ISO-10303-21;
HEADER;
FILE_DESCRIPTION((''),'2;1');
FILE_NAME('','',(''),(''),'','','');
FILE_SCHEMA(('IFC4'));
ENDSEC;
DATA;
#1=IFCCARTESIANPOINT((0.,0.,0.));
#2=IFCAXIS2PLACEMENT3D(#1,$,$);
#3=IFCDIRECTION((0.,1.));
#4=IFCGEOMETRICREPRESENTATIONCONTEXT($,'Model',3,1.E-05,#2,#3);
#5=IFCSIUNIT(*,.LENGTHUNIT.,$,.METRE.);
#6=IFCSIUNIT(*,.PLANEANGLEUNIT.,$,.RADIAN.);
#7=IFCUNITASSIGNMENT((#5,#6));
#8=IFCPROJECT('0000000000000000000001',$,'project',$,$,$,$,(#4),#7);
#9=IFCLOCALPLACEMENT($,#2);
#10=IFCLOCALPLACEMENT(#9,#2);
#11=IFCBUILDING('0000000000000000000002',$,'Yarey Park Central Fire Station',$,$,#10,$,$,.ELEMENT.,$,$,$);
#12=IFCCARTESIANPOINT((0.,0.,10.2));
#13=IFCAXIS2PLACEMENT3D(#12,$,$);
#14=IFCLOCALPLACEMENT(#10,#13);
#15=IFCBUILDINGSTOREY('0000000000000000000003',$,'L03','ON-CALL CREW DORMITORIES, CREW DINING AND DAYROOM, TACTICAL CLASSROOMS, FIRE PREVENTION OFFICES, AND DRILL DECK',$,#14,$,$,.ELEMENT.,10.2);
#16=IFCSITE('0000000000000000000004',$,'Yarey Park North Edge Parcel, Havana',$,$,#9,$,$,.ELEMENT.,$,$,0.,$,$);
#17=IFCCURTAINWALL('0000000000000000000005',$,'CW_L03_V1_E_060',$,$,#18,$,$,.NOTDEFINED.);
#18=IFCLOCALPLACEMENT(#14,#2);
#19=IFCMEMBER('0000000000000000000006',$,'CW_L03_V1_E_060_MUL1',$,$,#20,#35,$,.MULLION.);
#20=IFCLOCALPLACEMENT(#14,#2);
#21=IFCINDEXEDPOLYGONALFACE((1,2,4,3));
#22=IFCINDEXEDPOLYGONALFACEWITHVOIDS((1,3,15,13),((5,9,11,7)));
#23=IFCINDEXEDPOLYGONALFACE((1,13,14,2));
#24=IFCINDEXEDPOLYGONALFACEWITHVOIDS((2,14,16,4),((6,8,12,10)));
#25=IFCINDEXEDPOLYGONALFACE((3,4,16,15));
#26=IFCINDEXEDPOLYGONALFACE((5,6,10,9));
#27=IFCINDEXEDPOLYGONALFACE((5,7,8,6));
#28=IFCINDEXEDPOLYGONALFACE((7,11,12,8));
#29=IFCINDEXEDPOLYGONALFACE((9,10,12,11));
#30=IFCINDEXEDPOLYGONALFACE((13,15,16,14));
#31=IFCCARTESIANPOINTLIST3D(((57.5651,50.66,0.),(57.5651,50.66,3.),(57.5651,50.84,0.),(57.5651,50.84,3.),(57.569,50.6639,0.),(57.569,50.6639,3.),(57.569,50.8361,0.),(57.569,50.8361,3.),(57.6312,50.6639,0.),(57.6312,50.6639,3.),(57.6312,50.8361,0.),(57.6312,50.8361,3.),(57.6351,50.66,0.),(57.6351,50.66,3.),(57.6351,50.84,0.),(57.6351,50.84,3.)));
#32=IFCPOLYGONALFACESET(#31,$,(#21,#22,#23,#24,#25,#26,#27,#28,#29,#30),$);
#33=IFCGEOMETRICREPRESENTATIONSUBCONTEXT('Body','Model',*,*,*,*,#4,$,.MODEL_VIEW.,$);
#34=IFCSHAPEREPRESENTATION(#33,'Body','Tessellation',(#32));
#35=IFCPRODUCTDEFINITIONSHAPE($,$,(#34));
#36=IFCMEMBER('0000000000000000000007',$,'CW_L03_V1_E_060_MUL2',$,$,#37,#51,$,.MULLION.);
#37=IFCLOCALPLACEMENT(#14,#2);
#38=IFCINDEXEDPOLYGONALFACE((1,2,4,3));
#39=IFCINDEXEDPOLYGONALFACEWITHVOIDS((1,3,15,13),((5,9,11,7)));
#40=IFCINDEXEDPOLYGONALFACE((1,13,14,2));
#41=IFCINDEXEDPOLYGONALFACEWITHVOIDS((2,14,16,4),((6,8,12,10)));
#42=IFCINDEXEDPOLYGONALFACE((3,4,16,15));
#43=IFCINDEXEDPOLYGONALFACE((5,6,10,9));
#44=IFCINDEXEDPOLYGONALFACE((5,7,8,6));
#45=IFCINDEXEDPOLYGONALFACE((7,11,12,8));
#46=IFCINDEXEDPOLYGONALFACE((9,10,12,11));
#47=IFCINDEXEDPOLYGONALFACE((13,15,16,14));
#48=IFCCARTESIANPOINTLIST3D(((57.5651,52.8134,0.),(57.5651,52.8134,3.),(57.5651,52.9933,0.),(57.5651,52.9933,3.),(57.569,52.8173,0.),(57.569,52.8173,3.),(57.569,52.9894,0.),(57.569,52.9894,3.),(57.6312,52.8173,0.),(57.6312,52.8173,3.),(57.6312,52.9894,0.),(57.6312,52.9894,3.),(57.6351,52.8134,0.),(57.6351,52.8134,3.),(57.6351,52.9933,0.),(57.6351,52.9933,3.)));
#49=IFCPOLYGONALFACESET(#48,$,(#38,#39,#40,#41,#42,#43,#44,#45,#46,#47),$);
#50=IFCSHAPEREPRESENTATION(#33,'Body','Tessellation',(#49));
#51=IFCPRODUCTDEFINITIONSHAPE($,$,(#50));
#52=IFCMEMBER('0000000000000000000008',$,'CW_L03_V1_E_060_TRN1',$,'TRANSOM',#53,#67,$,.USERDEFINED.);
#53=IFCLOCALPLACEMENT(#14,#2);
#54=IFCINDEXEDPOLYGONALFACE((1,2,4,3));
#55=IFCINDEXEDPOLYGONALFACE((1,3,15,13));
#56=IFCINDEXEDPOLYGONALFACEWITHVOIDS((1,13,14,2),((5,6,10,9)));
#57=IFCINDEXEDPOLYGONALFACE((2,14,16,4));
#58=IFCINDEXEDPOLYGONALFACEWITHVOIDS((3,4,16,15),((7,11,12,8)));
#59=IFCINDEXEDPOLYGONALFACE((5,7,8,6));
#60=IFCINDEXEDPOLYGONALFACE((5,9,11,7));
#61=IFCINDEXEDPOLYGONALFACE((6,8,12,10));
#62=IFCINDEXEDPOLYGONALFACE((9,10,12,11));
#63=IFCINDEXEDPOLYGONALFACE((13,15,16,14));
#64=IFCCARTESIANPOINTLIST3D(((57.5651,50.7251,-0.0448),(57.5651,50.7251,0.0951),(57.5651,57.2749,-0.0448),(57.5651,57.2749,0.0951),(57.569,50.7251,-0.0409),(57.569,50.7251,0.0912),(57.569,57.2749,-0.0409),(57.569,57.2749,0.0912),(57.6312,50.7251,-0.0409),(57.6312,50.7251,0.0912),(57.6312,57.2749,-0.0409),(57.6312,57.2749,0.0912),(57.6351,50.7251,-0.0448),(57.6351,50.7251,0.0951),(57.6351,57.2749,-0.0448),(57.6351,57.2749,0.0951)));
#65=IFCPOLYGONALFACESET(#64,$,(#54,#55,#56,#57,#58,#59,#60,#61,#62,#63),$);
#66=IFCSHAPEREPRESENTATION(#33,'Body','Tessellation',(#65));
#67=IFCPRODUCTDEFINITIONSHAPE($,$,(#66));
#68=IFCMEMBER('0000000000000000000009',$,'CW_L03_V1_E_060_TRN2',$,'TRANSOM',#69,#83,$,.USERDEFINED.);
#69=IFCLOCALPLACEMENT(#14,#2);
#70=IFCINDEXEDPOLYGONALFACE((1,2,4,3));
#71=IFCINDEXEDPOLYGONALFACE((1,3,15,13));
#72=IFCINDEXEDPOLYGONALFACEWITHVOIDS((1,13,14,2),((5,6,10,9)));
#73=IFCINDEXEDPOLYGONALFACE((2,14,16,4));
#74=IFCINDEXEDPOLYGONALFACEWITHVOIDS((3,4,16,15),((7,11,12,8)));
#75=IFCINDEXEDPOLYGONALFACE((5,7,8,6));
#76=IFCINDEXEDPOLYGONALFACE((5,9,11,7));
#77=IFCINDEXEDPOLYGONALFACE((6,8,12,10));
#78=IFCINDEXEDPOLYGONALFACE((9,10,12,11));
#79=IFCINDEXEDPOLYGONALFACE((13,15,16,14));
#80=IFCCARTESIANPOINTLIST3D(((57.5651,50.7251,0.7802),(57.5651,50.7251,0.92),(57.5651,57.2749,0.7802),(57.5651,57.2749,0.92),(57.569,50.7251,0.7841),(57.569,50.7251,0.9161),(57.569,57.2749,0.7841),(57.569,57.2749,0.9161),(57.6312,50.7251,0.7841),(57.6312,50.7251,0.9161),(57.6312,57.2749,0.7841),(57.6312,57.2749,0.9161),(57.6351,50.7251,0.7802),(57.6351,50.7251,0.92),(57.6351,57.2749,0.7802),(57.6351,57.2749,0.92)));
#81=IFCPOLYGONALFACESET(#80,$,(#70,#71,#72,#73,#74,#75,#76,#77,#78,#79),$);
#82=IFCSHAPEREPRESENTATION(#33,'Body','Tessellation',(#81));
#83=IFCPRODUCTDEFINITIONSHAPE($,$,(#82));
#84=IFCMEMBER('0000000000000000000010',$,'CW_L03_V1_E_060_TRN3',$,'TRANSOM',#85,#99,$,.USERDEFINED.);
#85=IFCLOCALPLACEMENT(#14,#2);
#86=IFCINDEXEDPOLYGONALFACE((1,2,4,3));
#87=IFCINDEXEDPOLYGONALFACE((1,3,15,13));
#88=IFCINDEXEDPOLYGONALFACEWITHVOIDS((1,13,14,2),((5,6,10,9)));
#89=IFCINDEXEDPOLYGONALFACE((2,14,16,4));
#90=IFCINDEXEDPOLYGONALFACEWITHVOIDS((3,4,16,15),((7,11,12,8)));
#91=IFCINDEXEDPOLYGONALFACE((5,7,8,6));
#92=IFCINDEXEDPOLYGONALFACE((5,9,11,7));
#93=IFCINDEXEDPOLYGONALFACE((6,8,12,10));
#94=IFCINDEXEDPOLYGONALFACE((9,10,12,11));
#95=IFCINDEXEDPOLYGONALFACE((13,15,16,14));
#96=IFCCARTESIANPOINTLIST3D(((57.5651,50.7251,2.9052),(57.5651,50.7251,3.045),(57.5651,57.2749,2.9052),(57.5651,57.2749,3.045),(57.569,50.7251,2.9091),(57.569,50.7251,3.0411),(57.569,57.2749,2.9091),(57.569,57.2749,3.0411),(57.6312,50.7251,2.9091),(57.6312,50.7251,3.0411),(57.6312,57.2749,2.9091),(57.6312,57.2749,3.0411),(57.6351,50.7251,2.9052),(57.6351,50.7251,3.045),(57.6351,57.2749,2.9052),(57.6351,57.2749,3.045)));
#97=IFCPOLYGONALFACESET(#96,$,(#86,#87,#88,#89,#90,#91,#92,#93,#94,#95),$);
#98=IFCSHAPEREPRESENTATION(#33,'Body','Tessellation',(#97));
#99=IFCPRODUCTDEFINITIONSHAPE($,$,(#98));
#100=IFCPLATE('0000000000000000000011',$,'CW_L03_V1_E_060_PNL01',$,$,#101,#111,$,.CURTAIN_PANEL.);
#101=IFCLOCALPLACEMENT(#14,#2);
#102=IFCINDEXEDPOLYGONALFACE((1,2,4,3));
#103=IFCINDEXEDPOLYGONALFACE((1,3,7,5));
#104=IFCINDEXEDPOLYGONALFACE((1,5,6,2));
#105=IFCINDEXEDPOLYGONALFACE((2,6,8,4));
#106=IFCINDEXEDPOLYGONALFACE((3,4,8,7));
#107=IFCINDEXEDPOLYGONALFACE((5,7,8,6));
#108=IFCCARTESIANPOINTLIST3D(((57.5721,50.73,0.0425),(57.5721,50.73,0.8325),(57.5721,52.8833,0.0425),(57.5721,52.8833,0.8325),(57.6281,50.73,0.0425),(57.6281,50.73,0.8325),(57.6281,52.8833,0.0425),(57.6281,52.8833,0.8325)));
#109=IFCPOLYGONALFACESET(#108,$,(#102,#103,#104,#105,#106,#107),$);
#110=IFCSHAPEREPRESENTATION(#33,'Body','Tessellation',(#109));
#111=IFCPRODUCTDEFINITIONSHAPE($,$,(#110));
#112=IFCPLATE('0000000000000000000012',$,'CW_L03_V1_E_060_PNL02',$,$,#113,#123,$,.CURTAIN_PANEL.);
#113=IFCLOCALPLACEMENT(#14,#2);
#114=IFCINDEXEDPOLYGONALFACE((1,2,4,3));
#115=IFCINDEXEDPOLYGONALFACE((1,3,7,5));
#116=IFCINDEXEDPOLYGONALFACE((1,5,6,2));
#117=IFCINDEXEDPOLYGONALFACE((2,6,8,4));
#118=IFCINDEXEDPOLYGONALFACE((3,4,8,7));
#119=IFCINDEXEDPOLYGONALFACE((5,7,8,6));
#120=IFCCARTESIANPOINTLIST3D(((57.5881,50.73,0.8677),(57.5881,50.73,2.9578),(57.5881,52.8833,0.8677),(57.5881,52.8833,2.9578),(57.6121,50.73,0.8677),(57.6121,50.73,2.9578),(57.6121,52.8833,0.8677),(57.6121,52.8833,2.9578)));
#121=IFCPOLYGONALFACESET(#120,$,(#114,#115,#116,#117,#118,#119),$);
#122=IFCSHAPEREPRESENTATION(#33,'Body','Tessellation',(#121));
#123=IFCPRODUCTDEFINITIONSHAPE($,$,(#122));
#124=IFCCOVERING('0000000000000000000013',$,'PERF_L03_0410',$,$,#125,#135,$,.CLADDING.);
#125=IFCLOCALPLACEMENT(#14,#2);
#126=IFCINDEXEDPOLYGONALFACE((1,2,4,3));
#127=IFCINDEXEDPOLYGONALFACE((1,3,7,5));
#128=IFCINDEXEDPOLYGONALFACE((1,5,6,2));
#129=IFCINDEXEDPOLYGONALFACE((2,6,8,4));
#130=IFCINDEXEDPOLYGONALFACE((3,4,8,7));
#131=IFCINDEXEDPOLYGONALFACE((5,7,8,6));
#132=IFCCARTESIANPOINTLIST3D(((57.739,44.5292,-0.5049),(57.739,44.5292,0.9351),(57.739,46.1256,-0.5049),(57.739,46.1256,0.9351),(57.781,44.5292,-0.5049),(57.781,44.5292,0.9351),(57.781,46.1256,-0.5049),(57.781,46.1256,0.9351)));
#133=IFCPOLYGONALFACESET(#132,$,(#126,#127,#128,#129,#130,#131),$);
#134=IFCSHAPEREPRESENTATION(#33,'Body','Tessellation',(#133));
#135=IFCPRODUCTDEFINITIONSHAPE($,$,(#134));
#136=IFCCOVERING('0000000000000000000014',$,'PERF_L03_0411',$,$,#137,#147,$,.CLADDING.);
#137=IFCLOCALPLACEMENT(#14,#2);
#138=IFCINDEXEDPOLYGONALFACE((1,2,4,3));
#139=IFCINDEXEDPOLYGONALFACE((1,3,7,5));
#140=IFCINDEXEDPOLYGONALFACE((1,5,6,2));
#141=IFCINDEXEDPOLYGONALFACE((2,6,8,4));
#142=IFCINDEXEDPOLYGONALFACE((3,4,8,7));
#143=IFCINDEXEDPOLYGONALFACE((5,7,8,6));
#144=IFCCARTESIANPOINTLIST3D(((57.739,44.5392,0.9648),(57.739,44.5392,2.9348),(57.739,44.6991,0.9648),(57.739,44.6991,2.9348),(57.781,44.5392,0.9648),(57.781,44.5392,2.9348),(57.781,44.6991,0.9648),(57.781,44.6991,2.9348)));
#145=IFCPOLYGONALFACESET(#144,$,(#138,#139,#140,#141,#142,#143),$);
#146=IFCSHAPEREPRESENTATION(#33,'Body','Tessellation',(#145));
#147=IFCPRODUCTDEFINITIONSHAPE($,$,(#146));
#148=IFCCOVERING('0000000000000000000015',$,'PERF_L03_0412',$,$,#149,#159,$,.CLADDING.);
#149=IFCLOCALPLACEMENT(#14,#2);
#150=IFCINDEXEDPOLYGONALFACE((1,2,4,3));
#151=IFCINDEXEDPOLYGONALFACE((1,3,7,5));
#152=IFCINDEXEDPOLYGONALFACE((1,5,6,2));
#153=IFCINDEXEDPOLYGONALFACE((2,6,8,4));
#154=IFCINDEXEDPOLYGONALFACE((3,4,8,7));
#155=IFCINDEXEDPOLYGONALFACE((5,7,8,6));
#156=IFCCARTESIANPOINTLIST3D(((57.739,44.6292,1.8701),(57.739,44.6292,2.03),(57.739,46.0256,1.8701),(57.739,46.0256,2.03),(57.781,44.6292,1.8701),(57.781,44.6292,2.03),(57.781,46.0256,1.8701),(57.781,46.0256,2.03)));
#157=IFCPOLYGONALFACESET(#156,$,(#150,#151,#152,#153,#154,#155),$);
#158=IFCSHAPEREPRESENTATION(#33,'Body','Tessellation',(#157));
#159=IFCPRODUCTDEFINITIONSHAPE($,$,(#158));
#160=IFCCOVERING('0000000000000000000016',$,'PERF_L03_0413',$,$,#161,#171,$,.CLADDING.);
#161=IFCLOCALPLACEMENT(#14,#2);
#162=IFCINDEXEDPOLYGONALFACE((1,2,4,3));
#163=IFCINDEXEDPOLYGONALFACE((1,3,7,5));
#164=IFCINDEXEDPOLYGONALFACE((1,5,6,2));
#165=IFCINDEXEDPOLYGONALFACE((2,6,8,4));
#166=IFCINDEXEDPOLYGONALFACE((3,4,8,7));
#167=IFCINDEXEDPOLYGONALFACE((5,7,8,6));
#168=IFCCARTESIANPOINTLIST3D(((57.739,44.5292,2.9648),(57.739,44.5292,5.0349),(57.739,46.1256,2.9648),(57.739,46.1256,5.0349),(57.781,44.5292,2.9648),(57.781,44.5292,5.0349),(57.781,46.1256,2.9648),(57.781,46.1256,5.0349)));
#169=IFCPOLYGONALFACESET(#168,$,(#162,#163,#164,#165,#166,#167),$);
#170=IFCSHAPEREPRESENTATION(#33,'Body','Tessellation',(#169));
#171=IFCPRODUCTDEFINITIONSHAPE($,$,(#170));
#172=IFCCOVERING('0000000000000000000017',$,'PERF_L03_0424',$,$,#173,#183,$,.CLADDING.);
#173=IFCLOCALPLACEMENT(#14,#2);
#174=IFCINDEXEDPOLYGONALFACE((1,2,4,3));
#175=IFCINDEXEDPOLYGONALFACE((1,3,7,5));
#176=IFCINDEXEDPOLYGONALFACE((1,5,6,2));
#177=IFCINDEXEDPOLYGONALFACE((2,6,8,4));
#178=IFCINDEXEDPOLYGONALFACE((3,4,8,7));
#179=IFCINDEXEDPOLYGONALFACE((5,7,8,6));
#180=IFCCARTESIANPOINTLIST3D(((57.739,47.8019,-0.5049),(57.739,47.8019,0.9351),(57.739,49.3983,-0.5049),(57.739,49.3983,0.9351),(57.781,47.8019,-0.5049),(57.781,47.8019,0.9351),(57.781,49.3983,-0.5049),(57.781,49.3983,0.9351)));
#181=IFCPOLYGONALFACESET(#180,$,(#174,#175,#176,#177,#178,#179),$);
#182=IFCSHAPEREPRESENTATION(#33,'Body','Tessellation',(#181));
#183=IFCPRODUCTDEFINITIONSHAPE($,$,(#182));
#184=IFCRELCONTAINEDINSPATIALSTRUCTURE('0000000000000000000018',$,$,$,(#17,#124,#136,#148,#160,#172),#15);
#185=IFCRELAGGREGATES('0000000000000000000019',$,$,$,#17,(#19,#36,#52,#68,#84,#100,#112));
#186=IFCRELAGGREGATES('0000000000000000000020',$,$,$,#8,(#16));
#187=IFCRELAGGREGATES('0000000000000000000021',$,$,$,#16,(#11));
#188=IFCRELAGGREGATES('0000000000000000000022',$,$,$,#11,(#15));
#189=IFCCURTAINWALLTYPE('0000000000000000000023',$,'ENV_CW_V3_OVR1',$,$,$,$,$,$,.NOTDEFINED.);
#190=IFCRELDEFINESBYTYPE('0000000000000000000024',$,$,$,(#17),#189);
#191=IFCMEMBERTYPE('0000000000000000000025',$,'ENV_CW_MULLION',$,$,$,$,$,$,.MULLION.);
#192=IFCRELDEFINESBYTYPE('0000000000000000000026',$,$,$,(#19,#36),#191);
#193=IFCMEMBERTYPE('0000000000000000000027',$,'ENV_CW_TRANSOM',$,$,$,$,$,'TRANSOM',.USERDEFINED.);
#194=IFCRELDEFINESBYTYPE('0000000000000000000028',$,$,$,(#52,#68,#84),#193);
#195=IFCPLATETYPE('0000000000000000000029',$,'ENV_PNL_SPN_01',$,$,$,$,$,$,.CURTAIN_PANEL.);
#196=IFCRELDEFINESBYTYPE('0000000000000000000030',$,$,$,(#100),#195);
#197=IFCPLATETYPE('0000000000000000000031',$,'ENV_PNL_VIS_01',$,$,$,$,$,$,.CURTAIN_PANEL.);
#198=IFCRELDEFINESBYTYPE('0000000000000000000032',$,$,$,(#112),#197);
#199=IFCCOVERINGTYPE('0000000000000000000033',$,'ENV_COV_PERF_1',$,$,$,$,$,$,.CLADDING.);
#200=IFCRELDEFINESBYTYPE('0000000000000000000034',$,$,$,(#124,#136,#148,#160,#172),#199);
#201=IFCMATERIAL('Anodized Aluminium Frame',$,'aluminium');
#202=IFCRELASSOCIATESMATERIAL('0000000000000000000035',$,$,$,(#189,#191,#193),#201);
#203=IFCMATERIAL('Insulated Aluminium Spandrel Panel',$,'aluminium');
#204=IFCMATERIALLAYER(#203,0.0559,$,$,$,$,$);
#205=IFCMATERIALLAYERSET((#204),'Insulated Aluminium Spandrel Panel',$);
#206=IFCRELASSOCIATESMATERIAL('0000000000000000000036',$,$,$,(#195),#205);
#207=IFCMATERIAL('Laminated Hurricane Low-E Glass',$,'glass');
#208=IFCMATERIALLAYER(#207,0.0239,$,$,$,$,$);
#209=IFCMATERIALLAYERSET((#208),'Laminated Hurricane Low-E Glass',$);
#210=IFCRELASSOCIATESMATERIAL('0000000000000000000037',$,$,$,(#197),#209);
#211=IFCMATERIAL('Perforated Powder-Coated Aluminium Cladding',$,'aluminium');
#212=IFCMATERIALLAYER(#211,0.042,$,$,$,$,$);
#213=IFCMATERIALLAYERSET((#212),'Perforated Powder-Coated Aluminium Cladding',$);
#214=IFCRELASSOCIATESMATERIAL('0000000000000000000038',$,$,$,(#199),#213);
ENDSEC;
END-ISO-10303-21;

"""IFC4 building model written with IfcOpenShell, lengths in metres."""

from ifc_helpers import new_model, si_unit, direction, frame, origin, origin_2d, place, context, subcontext, project, spatial, rectangle, hollow_rectangle, extrude, material, layer, layer_set, material_profile, profile_set, type_object, element, aggregate, save


model = new_model("IFC4")

# Units and contexts
model_context = context("Model", 3, precision=1e-05, world=origin(), true_north=direction((0.0, 1.0)))
body_context = subcontext(model_context, "Body", "Model", "MODEL_VIEW")
ifc_project = project(units=[si_unit("LENGTHUNIT", "METRE"), si_unit("PLANEANGLEUNIT", "RADIAN")], contexts=[model_context])

# Site, building, storey
site_placement = place(None, origin())
site = spatial("IfcSite", under=ifc_project, at=site_placement, Name="Yarey Park North Edge Parcel, Havana", CompositionType="ELEMENT", RefElevation=0.0)
building_placement = place(site_placement, origin())
building = spatial("IfcBuilding", under=site, at=building_placement, Name="Yarey Park Central Fire Station", CompositionType="ELEMENT")
storey_placement = place(building_placement, frame((0.0, 0.0, 10.2)))
storey = spatial("IfcBuildingStorey", under=building, at=storey_placement, Name="L03", Description="ON-CALL CREW DORMITORIES, CREW DINING AND DAYROOM, TACTICAL CLASSROOMS, FIRE PREVENTION OFFICES, AND DRILL DECK", CompositionType="ELEMENT", Elevation=10.2)

# Curtain wall, members, plates
ifc_material_1 = material(Name="Anodized Aluminium Frame", Category="aluminium")
curtain_wall_type = type_object("IfcCurtainWallType", Name="ENV_CW_V3_OVR1", PredefinedType="NOTDEFINED", material=ifc_material_1)
curtain_wall_placement = place(storey_placement, origin())
curtain_wall = element("IfcCurtainWall", 1, at=curtain_wall_placement, inside=storey, type_object=curtain_wall_type, Name="CW_L03_V1_E_060", PredefinedType="NOTDEFINED")
ifc_material_profile_1 = material_profile(ifc_material_1, hollow_rectangle(XDim=0.0701, YDim=0.1799, WallThickness=0.0039, at=origin_2d()), Name="ALU 180x70x4")
ifc_profile_set_1 = profile_set([ifc_material_profile_1], Name="Anodized Aluminium Frame")
member_type_1 = type_object("IfcMemberType", Name="ENV_CW_MULLION", PredefinedType="MULLION", material=ifc_profile_set_1)
member_1_placement = place(storey_placement, frame((57.6001, 50.75, 0.0), z_axis=(0.0, 0.0, 1.0), x_axis=(1.0, 0.0, 0.0)))
member_1 = element("IfcMember", 2, at=member_1_placement, type_object=member_type_1, Name="CW_L03_V1_E_060_MUL1", PredefinedType="MULLION", context=body_context, shape_type="SweptSolid", body=[
    extrude(hollow_rectangle(XDim=0.0701, YDim=0.1799, WallThickness=0.0039, at=origin_2d()), origin(), (0.0, 0.0, 1.0), 3.0),
])
member_2_placement = place(storey_placement, frame((57.6001, 52.9033, 0.0), z_axis=(0.0, 0.0, 1.0), x_axis=(1.0, 0.0, 0.0)))
member_2 = element("IfcMember", 3, at=member_2_placement, type_object=member_type_1, Name="CW_L03_V1_E_060_MUL2", PredefinedType="MULLION", context=body_context, shape_type="SweptSolid", body=[
    extrude(hollow_rectangle(XDim=0.0701, YDim=0.1799, WallThickness=0.0039, at=origin_2d()), origin(), (0.0, 0.0, 1.0), 3.0),
])
ifc_material_profile_2 = material_profile(ifc_material_1, hollow_rectangle(XDim=0.0701, YDim=0.1399, WallThickness=0.0039, at=origin_2d()), Name="ALU 140x70x4")
ifc_profile_set_2 = profile_set([ifc_material_profile_2], Name="Anodized Aluminium Frame")
member_type_2 = type_object("IfcMemberType", Name="ENV_CW_TRANSOM", ElementType="TRANSOM", PredefinedType="USERDEFINED", material=ifc_profile_set_2)
member_3_placement = place(storey_placement, frame((57.6001, 50.7251, 0.0251), z_axis=(0.0, 1.0, 0.0), x_axis=(-1.0, 0.0, 0.0)))
member_3 = element("IfcMember", 4, at=member_3_placement, type_object=member_type_2, Name="CW_L03_V1_E_060_TRN1", ObjectType="TRANSOM", PredefinedType="USERDEFINED", context=body_context, shape_type="SweptSolid", body=[
    extrude(hollow_rectangle(XDim=0.0701, YDim=0.1399, WallThickness=0.0039, at=origin_2d()), origin(), (0.0, 0.0, 1.0), 6.5498),
])
member_4_placement = place(storey_placement, frame((57.6001, 50.7251, 0.8501), z_axis=(0.0, 1.0, 0.0), x_axis=(-1.0, 0.0, 0.0)))
member_4 = element("IfcMember", 5, at=member_4_placement, type_object=member_type_2, Name="CW_L03_V1_E_060_TRN2", ObjectType="TRANSOM", PredefinedType="USERDEFINED", context=body_context, shape_type="SweptSolid", body=[
    extrude(hollow_rectangle(XDim=0.0701, YDim=0.1399, WallThickness=0.0039, at=origin_2d()), origin(), (0.0, 0.0, 1.0), 6.5498),
])
member_5_placement = place(storey_placement, frame((57.6001, 50.7251, 2.9751), z_axis=(0.0, 1.0, 0.0), x_axis=(-1.0, 0.0, 0.0)))
member_5 = element("IfcMember", 6, at=member_5_placement, type_object=member_type_2, Name="CW_L03_V1_E_060_TRN3", ObjectType="TRANSOM", PredefinedType="USERDEFINED", context=body_context, shape_type="SweptSolid", body=[
    extrude(hollow_rectangle(XDim=0.0701, YDim=0.1399, WallThickness=0.0039, at=origin_2d()), origin(), (0.0, 0.0, 1.0), 6.5498),
])
ifc_material_2 = material(Name="Insulated Aluminium Spandrel Panel", Category="aluminium")
ifc_layer_1 = layer(ifc_material_2, 0.0559)
ifc_layer_set_1 = layer_set([ifc_layer_1], Name="Insulated Aluminium Spandrel Panel")
plate_type_1 = type_object("IfcPlateType", Name="ENV_PNL_SPN_01", PredefinedType="CURTAIN_PANEL", material=ifc_layer_set_1)
plate_1_placement = place(storey_placement, frame((57.6001, 51.8066, 0.0425), z_axis=(0.0, 0.0, 1.0), x_axis=(0.0, 1.0, 0.0)))
plate_1 = element("IfcPlate", 7, at=plate_1_placement, type_object=plate_type_1, Name="CW_L03_V1_E_060_PNL01", PredefinedType="CURTAIN_PANEL", context=body_context, shape_type="SweptSolid", body=[
    extrude(rectangle(XDim=2.1533, YDim=0.0559, at=origin_2d()), origin(), (0.0, 0.0, 1.0), 0.79),
])
ifc_material_3 = material(Name="Laminated Hurricane Low-E Glass", Category="glass")
ifc_layer_2 = layer(ifc_material_3, 0.0239)
ifc_layer_set_2 = layer_set([ifc_layer_2], Name="Laminated Hurricane Low-E Glass")
plate_type_2 = type_object("IfcPlateType", Name="ENV_PNL_VIS_01", PredefinedType="CURTAIN_PANEL", material=ifc_layer_set_2)
plate_2_placement = place(storey_placement, frame((57.6001, 51.8066, 0.8677), z_axis=(0.0, 0.0, 1.0), x_axis=(0.0, 1.0, 0.0)))
plate_2 = element("IfcPlate", 8, at=plate_2_placement, type_object=plate_type_2, Name="CW_L03_V1_E_060_PNL02", PredefinedType="CURTAIN_PANEL", context=body_context, shape_type="SweptSolid", body=[
    extrude(rectangle(XDim=2.1533, YDim=0.0239, at=origin_2d()), origin(), (0.0, 0.0, 1.0), 2.0901),
])
aggregate(curtain_wall, [member_1, member_2, member_3, member_4, member_5, plate_1, plate_2])

# Coverings
ifc_material_4 = material(Name="Perforated Powder-Coated Aluminium Cladding", Category="aluminium")
ifc_layer_3 = layer(ifc_material_4, 0.042)
ifc_layer_set_3 = layer_set([ifc_layer_3], Name="Perforated Powder-Coated Aluminium Cladding")
covering_type_1 = type_object("IfcCoveringType", Name="ENV_COV_PERF_1", PredefinedType="CLADDING", material=ifc_layer_set_3)
covering_1_placement = place(storey_placement, frame((57.76, 45.3274, -0.5049), z_axis=(0.0, 0.0, 1.0), x_axis=(0.0, 1.0, 0.0)))
element("IfcCovering", 9, at=covering_1_placement, inside=storey, type_object=covering_type_1, Name="PERF_L03_0410", PredefinedType="CLADDING", context=body_context, shape_type="SweptSolid", body=[
    extrude(rectangle(XDim=1.5964, YDim=0.042, at=origin_2d()), origin(), (0.0, 0.0, 1.0), 1.4399),
])
covering_2_placement = place(storey_placement, frame((57.76, 44.6191, 0.9648), z_axis=(0.0, 0.0, 1.0), x_axis=(0.0, 1.0, 0.0)))
element("IfcCovering", 10, at=covering_2_placement, inside=storey, type_object=covering_type_1, Name="PERF_L03_0411", PredefinedType="CLADDING", context=body_context, shape_type="SweptSolid", body=[
    extrude(rectangle(XDim=0.1599, YDim=0.042, at=origin_2d()), origin(), (0.0, 0.0, 1.0), 1.97),
])
covering_3_placement = place(storey_placement, frame((57.76, 45.3274, 1.8701), z_axis=(0.0, 0.0, 1.0), x_axis=(0.0, 1.0, 0.0)))
element("IfcCovering", 11, at=covering_3_placement, inside=storey, type_object=covering_type_1, Name="PERF_L03_0412", PredefinedType="CLADDING", context=body_context, shape_type="SweptSolid", body=[
    extrude(rectangle(XDim=1.3965, YDim=0.042, at=origin_2d()), origin(), (0.0, 0.0, 1.0), 0.1599),
])
covering_4_placement = place(storey_placement, frame((57.76, 45.3274, 2.9648), z_axis=(0.0, 0.0, 1.0), x_axis=(0.0, 1.0, 0.0)))
element("IfcCovering", 12, at=covering_4_placement, inside=storey, type_object=covering_type_1, Name="PERF_L03_0413", PredefinedType="CLADDING", context=body_context, shape_type="SweptSolid", body=[
    extrude(rectangle(XDim=1.5964, YDim=0.042, at=origin_2d()), origin(), (0.0, 0.0, 1.0), 2.0701),
])
covering_5_placement = place(storey_placement, frame((57.76, 48.6001, -0.5049), z_axis=(0.0, 0.0, 1.0), x_axis=(0.0, 1.0, 0.0)))
element("IfcCovering", 13, at=covering_5_placement, inside=storey, type_object=covering_type_1, Name="PERF_L03_0424", PredefinedType="CLADDING", context=body_context, shape_type="SweptSolid", body=[
    extrude(rectangle(XDim=1.5964, YDim=0.042, at=origin_2d()), origin(), (0.0, 0.0, 1.0), 1.4399),
])

save(model, "model.ifc")
